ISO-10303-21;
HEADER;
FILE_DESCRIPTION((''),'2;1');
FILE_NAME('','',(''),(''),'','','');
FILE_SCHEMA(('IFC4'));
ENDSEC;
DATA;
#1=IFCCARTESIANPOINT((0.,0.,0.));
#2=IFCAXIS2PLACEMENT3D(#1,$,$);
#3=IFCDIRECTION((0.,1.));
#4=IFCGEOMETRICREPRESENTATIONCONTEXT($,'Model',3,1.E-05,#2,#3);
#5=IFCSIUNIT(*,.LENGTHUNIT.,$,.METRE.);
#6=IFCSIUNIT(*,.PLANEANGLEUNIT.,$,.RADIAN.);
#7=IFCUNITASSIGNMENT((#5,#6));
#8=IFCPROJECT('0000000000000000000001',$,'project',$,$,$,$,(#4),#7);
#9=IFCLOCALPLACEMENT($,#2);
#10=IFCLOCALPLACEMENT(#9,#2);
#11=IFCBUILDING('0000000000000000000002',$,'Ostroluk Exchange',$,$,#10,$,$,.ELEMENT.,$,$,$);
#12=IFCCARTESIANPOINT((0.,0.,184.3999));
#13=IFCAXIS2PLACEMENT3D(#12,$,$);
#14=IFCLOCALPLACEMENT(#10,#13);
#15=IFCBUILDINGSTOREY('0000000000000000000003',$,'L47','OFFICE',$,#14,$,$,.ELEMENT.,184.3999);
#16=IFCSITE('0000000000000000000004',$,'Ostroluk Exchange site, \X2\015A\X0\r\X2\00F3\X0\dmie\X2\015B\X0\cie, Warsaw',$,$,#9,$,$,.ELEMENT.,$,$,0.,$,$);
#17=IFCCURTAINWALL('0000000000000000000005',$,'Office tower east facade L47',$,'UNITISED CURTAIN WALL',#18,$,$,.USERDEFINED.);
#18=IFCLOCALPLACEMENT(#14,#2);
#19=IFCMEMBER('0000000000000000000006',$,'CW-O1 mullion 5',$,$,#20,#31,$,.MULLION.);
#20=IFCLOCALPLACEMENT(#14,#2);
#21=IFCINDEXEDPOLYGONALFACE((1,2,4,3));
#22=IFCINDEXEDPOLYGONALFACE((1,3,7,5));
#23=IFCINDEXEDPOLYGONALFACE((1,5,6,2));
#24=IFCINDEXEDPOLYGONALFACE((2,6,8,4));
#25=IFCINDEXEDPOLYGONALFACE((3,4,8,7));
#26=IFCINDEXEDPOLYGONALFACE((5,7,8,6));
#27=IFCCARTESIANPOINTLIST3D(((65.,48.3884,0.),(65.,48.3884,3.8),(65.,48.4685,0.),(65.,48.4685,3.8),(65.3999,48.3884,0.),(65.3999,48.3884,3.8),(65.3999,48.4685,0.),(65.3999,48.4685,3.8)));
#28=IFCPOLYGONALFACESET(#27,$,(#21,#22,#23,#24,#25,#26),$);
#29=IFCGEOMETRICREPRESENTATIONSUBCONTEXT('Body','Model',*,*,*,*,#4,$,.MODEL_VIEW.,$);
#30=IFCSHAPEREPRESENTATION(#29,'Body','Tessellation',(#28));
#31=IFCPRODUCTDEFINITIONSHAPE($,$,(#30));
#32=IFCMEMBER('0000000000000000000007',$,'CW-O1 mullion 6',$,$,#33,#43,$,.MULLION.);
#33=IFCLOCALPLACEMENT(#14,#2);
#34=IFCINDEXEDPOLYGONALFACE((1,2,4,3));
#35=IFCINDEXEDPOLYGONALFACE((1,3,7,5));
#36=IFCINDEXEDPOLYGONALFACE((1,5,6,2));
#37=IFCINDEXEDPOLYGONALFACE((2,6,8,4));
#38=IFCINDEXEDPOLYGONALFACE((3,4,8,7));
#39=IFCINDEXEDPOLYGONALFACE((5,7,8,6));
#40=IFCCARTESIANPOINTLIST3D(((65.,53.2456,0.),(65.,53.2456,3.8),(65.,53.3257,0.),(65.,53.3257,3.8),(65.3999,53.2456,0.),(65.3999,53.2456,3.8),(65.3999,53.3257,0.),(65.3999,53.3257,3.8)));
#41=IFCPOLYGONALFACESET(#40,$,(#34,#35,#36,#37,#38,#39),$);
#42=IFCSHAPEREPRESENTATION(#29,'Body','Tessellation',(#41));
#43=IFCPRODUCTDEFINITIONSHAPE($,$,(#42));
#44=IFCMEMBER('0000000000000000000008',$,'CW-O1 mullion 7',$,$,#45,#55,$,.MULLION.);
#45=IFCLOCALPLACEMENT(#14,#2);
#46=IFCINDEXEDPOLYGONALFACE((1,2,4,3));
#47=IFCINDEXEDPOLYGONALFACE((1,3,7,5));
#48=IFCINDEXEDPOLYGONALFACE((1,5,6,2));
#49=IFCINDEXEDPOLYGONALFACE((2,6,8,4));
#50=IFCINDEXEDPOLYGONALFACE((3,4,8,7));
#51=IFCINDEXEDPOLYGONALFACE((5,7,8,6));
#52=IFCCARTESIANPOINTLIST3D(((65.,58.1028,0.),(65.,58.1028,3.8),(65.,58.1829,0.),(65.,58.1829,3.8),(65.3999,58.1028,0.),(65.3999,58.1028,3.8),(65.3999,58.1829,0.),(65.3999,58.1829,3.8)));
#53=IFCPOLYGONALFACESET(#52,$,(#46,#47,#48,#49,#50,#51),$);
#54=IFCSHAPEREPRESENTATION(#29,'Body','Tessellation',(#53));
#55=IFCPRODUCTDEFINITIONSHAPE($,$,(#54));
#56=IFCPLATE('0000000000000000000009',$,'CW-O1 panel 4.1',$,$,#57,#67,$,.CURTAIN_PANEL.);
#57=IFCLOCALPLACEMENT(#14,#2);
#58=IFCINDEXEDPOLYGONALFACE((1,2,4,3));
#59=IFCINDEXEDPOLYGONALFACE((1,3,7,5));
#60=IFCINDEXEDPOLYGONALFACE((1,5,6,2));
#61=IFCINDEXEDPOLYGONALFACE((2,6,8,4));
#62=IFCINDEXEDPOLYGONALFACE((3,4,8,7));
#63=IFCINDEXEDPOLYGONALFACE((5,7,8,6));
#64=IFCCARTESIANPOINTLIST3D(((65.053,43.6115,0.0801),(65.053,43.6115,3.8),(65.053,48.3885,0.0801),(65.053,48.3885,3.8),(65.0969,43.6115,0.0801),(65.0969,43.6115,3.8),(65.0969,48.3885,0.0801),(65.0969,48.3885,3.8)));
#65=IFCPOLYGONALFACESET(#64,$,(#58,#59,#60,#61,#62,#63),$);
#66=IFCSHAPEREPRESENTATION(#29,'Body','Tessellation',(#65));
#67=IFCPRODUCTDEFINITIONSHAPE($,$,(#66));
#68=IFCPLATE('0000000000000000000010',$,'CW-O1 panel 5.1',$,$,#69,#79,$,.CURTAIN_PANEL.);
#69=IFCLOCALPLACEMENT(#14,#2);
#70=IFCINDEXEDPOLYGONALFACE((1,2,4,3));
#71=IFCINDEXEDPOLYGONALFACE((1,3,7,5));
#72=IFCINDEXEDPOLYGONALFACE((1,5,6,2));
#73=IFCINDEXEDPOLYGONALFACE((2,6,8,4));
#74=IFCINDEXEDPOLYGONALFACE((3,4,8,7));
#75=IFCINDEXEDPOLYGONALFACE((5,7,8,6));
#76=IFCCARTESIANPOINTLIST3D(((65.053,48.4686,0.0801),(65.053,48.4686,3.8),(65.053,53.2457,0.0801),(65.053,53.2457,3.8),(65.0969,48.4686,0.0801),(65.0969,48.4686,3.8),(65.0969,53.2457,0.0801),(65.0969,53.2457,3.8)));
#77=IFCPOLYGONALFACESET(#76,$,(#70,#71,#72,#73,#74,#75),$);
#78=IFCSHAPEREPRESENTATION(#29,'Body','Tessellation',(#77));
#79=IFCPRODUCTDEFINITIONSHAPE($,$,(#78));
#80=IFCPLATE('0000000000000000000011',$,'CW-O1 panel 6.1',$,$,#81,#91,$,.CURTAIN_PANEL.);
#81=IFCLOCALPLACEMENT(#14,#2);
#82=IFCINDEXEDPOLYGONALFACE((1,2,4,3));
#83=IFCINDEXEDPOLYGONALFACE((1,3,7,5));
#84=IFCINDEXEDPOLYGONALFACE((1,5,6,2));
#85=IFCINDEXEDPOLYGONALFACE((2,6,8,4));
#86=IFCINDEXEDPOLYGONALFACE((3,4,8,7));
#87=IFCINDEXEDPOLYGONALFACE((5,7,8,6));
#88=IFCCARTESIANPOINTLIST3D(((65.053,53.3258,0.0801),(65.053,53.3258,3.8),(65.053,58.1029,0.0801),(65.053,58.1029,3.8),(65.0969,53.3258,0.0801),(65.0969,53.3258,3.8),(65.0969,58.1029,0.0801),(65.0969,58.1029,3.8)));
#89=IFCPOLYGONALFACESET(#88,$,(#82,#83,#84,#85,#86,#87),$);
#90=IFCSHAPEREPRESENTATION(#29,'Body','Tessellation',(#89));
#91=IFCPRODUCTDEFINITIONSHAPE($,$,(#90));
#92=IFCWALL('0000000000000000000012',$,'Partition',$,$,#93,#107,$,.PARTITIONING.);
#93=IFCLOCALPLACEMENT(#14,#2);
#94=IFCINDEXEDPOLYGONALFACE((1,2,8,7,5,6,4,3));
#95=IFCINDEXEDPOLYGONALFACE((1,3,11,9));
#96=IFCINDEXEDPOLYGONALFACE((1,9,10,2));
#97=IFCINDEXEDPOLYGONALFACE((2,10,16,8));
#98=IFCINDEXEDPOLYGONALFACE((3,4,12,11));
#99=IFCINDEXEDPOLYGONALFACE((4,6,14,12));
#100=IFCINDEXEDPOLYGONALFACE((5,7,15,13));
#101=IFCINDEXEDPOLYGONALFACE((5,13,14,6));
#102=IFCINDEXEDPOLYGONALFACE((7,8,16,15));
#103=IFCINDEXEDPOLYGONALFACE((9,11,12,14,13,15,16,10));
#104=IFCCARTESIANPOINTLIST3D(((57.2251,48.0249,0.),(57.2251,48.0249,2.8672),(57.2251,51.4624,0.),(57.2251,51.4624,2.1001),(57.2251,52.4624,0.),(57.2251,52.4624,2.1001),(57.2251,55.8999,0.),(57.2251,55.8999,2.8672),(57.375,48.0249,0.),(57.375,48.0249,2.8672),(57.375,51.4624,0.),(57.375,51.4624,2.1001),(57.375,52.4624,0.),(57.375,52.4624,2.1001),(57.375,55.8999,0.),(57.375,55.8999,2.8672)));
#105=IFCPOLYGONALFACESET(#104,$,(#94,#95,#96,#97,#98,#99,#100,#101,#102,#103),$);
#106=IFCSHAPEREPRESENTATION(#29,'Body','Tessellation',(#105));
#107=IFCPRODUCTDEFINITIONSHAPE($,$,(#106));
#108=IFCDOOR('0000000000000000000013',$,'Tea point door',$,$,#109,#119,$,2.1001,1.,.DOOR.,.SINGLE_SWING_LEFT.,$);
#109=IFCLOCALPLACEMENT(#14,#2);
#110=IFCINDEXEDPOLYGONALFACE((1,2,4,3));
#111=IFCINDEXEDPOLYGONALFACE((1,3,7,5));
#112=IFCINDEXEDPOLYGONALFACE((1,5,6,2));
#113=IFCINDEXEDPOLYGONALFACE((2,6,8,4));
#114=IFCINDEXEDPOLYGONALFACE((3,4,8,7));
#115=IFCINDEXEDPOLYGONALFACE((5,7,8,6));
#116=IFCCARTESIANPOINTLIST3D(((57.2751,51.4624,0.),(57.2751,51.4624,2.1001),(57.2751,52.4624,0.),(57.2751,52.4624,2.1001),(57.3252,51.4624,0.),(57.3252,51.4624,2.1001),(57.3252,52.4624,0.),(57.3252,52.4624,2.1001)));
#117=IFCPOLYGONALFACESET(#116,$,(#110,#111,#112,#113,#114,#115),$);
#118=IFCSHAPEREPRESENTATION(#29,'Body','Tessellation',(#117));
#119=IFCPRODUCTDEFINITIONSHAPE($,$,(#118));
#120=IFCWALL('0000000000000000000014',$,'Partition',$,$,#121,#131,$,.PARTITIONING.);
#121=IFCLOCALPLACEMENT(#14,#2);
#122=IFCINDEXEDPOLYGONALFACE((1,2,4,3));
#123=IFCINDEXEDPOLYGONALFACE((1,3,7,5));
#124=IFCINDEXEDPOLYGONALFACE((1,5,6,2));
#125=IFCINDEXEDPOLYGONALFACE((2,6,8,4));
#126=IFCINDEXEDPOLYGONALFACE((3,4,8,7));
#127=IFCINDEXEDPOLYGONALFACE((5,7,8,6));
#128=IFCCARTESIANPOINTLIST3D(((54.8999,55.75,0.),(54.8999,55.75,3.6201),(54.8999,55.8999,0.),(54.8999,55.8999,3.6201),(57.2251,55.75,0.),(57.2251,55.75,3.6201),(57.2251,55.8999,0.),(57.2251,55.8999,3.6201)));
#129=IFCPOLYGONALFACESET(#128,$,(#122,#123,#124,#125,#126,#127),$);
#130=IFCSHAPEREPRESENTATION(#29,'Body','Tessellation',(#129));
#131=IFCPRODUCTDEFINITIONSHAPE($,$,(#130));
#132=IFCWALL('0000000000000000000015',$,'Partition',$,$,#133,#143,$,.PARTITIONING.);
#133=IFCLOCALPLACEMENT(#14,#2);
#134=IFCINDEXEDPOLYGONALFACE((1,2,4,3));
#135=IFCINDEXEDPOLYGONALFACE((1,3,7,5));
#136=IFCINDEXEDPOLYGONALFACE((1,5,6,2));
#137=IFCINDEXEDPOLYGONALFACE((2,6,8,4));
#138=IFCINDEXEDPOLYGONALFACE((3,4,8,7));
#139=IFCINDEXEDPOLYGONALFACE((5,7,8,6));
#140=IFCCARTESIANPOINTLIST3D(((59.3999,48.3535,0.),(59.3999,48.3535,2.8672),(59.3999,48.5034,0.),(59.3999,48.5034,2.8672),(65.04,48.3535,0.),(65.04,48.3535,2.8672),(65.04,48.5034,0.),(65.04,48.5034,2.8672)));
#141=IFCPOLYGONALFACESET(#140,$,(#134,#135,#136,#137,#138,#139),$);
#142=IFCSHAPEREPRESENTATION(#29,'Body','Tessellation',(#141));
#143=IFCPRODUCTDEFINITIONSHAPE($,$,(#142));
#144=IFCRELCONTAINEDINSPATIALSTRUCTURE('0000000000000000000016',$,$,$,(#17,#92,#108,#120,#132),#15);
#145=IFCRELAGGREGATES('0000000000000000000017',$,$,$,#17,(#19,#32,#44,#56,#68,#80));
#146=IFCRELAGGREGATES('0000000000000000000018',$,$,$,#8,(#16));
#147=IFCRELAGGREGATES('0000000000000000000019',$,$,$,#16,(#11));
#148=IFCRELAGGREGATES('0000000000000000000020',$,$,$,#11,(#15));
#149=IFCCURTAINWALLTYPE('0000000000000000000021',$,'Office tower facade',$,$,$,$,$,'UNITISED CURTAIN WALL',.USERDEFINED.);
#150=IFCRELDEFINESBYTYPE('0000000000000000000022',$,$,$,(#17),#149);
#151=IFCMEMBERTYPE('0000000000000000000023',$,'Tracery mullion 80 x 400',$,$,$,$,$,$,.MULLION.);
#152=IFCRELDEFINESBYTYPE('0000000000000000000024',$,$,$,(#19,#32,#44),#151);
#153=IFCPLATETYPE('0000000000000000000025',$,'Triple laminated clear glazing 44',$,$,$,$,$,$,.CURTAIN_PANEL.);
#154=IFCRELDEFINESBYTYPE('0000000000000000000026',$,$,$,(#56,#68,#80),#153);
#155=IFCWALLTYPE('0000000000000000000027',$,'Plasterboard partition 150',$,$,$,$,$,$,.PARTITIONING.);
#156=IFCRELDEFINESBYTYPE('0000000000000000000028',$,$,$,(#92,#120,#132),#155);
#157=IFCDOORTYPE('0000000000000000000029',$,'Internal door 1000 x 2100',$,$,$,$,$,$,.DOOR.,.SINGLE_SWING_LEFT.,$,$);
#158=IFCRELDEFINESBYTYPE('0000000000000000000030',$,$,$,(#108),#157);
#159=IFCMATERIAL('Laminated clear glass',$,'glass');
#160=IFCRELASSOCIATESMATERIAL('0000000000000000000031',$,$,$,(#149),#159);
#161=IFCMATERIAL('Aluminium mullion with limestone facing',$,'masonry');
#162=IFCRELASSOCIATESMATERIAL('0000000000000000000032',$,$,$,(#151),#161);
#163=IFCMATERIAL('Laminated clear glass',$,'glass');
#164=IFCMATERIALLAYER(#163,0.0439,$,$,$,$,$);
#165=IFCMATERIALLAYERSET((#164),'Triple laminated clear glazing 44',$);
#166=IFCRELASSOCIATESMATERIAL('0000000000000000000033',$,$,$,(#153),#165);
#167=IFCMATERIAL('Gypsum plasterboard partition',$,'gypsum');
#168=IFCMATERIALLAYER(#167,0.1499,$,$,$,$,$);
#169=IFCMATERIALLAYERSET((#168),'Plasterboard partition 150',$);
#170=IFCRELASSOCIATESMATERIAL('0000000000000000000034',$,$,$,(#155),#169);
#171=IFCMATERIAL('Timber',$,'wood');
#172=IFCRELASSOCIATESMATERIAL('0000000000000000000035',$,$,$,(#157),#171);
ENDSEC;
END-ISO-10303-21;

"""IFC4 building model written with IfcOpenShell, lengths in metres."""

from ifc_helpers import new_model, si_unit, direction, frame, frame_2d, origin, origin_2d, place, context, subcontext, project, spatial, rectangle, extrude, material, layer, layer_set, material_profile, profile_set, type_object, element, fill, aggregate, save


model = new_model("IFC4")

# Units and contexts
model_context = context("Model", 3, precision=1e-05, world=origin(), true_north=direction((0.0, 1.0)))
body_context = subcontext(model_context, "Body", "Model", "MODEL_VIEW")
ifc_project = project(units=[si_unit("LENGTHUNIT", "METRE"), si_unit("PLANEANGLEUNIT", "RADIAN")], contexts=[model_context])

# Site, building, storey
site_placement = place(None, origin())
site = spatial("IfcSite", under=ifc_project, at=site_placement, Name="Ostroluk Exchange site, Śródmieście, Warsaw", CompositionType="ELEMENT", RefElevation=0.0)
building_placement = place(site_placement, origin())
building = spatial("IfcBuilding", under=site, at=building_placement, Name="Ostroluk Exchange", CompositionType="ELEMENT")
storey_placement = place(building_placement, frame((0.0, 0.0, 184.3999)))
storey = spatial("IfcBuildingStorey", under=building, at=storey_placement, Name="L47", Description="OFFICE", CompositionType="ELEMENT", Elevation=184.3999)

# Curtain wall, members, plates
ifc_material_1 = material(Name="Laminated clear glass", Category="glass")
curtain_wall_type = type_object("IfcCurtainWallType", Name="Office tower facade", ElementType="UNITISED CURTAIN WALL", PredefinedType="USERDEFINED", material=ifc_material_1)
curtain_wall_placement = place(storey_placement, origin())
curtain_wall = element("IfcCurtainWall", 1, at=curtain_wall_placement, inside=storey, type_object=curtain_wall_type, Name="Office tower east facade L47", ObjectType="UNITISED CURTAIN WALL", PredefinedType="USERDEFINED")
ifc_material_2 = material(Name="Aluminium mullion with limestone facing", Category="masonry")
ifc_material_profile_1 = material_profile(ifc_material_2, rectangle(XDim=0.3999, YDim=0.0801, at=origin_2d()), Name="Tracery mullion 80 x 400")
ifc_profile_set_1 = profile_set([ifc_material_profile_1], Name="Aluminium mullion with limestone facing")
member_type_1 = type_object("IfcMemberType", Name="Tracery mullion 80 x 400", PredefinedType="MULLION", material=ifc_profile_set_1)
member_1_placement = place(storey_placement, frame((65.2, 48.4285, 0.0), z_axis=(0.0, 0.0, 1.0), x_axis=(-1.0, 0.0, 0.0)))
member_1 = element("IfcMember", 2, at=member_1_placement, type_object=member_type_1, Name="CW-O1 mullion 5", PredefinedType="MULLION", context=body_context, shape_type="SweptSolid", body=[
    extrude(rectangle(XDim=0.3999, YDim=0.0801, at=origin_2d()), origin(), (0.0, 0.0, 1.0), 3.8),
])
member_2_placement = place(storey_placement, frame((65.2, 53.2856, 0.0), z_axis=(0.0, 0.0, 1.0), x_axis=(-1.0, 0.0, 0.0)))
member_2 = element("IfcMember", 3, at=member_2_placement, type_object=member_type_1, Name="CW-O1 mullion 6", PredefinedType="MULLION", context=body_context, shape_type="SweptSolid", body=[
    extrude(rectangle(XDim=0.3999, YDim=0.0801, at=origin_2d()), origin(), (0.0, 0.0, 1.0), 3.8),
])
member_3_placement = place(storey_placement, frame((65.2, 58.1428, 0.0), z_axis=(0.0, 0.0, 1.0), x_axis=(-1.0, 0.0, 0.0)))
member_3 = element("IfcMember", 4, at=member_3_placement, type_object=member_type_1, Name="CW-O1 mullion 7", PredefinedType="MULLION", context=body_context, shape_type="SweptSolid", body=[
    extrude(rectangle(XDim=0.3999, YDim=0.0801, at=origin_2d()), origin(), (0.0, 0.0, 1.0), 3.8),
])
ifc_material_3 = material(Name="Laminated clear glass", Category="glass")
ifc_layer_1 = layer(ifc_material_3, 0.0439)
ifc_layer_set_1 = layer_set([ifc_layer_1], Name="Triple laminated clear glazing 44")
plate_type = type_object("IfcPlateType", Name="Triple laminated clear glazing 44", PredefinedType="CURTAIN_PANEL", material=ifc_layer_set_1)
plate_1_placement = place(storey_placement, frame((65.075, 46.0, 0.0801), z_axis=(0.0, 0.0, 1.0), x_axis=(0.0, 1.0, 0.0)))
plate_1 = element("IfcPlate", 5, at=plate_1_placement, type_object=plate_type, Name="CW-O1 panel 4.1", PredefinedType="CURTAIN_PANEL", context=body_context, shape_type="SweptSolid", body=[
    extrude(rectangle(XDim=4.7771, YDim=0.0439, at=origin_2d()), origin(), (0.0, 0.0, 1.0), 3.72),
])
plate_2_placement = place(storey_placement, frame((65.075, 50.8572, 0.0801), z_axis=(0.0, 0.0, 1.0), x_axis=(0.0, 1.0, 0.0)))
plate_2 = element("IfcPlate", 6, at=plate_2_placement, type_object=plate_type, Name="CW-O1 panel 5.1", PredefinedType="CURTAIN_PANEL", context=body_context, shape_type="SweptSolid", body=[
    extrude(rectangle(XDim=4.7771, YDim=0.0439, at=origin_2d()), origin(), (0.0, 0.0, 1.0), 3.72),
])
plate_3_placement = place(storey_placement, frame((65.075, 55.7144, 0.0801), z_axis=(0.0, 0.0, 1.0), x_axis=(0.0, 1.0, 0.0)))
plate_3 = element("IfcPlate", 7, at=plate_3_placement, type_object=plate_type, Name="CW-O1 panel 6.1", PredefinedType="CURTAIN_PANEL", context=body_context, shape_type="SweptSolid", body=[
    extrude(rectangle(XDim=4.7771, YDim=0.0439, at=origin_2d()), origin(), (0.0, 0.0, 1.0), 3.72),
])
aggregate(curtain_wall, [member_1, member_2, member_3, plate_1, plate_2, plate_3])

# Wall, opening, door
ifc_material_4 = material(Name="Gypsum plasterboard partition", Category="gypsum")
ifc_layer_2 = layer(ifc_material_4, 0.1499)
ifc_layer_set_2 = layer_set([ifc_layer_2], Name="Plasterboard partition 150")
wall_type = type_object("IfcWallType", Name="Plasterboard partition 150", PredefinedType="PARTITIONING", material=ifc_layer_set_2)
wall_1_placement = place(storey_placement, frame((57.3, 48.0249, 0.0), z_axis=(0.0, 0.0, 1.0), x_axis=(0.0, 1.0, 0.0)))
wall_1 = element("IfcWall", 8, at=wall_1_placement, inside=storey, type_object=wall_type, Name="Partition", PredefinedType="PARTITIONING", context=body_context, shape_type="SweptSolid", body=[
    extrude(rectangle(XDim=7.875, YDim=0.1499, at=frame_2d((3.9375, 0.0))), origin(), (0.0, 0.0, 1.0), 2.8672),
])
opening_placement = place(wall_1_placement, frame((3.4375, 0.0, 0.0)))
opening = element("IfcOpeningElement", 9, at=opening_placement, cuts=wall_1, PredefinedType="OPENING", context=body_context, shape_type="SweptSolid", body=[
    extrude(rectangle(XDim=1.0, YDim=2.1001, at=frame_2d((0.5, 1.05))), frame((0.0, 0.085, 0.0), z_axis=(0.0, -1.0, 0.0), x_axis=(1.0, 0.0, 0.0)), (0.0, 0.0, 1.0), 0.1699),
])
ifc_material_5 = material(Name="Timber", Category="wood")
door_type = type_object("IfcDoorType", Name="Internal door 1000 x 2100", OperationType="SINGLE_SWING_LEFT", PredefinedType="DOOR", material=ifc_material_5)
door_placement = place(opening_placement, origin())
door = element("IfcDoor", 10, at=door_placement, inside=storey, type_object=door_type, Name="Tea point door", OperationType="SINGLE_SWING_LEFT", OverallHeight=2.1001, OverallWidth=1.0, PredefinedType="DOOR", context=body_context, shape_type="SweptSolid", body=[
    extrude(rectangle(XDim=1.0, YDim=2.1001, at=frame_2d((0.5, 1.05))), frame((0.0, 0.0249, 0.0), z_axis=(0.0, -1.0, 0.0), x_axis=(1.0, 0.0, 0.0)), (0.0, 0.0, 1.0), 0.05),
])
fill(opening, door)

# Walls
wall_2_placement = place(storey_placement, frame((54.8999, 55.825, 0.0), z_axis=(0.0, 0.0, 1.0), x_axis=(1.0, 0.0, 0.0)))
element("IfcWall", 11, at=wall_2_placement, inside=storey, type_object=wall_type, Name="Partition", PredefinedType="PARTITIONING", context=body_context, shape_type="SweptSolid", body=[
    extrude(rectangle(XDim=2.3252, YDim=0.1499, at=frame_2d((1.1626, 0.0))), origin(), (0.0, 0.0, 1.0), 3.6201),
])
wall_3_placement = place(storey_placement, frame((59.3999, 48.4285, 0.0), z_axis=(0.0, 0.0, 1.0), x_axis=(1.0, 0.0, 0.0)))
element("IfcWall", 12, at=wall_3_placement, inside=storey, type_object=wall_type, Name="Partition", PredefinedType="PARTITIONING", context=body_context, shape_type="SweptSolid", body=[
    extrude(rectangle(XDim=5.6401, YDim=0.1499, at=frame_2d((2.8201, 0.0))), origin(), (0.0, 0.0, 1.0), 2.8672),
])

save(model, "model.ifc")
